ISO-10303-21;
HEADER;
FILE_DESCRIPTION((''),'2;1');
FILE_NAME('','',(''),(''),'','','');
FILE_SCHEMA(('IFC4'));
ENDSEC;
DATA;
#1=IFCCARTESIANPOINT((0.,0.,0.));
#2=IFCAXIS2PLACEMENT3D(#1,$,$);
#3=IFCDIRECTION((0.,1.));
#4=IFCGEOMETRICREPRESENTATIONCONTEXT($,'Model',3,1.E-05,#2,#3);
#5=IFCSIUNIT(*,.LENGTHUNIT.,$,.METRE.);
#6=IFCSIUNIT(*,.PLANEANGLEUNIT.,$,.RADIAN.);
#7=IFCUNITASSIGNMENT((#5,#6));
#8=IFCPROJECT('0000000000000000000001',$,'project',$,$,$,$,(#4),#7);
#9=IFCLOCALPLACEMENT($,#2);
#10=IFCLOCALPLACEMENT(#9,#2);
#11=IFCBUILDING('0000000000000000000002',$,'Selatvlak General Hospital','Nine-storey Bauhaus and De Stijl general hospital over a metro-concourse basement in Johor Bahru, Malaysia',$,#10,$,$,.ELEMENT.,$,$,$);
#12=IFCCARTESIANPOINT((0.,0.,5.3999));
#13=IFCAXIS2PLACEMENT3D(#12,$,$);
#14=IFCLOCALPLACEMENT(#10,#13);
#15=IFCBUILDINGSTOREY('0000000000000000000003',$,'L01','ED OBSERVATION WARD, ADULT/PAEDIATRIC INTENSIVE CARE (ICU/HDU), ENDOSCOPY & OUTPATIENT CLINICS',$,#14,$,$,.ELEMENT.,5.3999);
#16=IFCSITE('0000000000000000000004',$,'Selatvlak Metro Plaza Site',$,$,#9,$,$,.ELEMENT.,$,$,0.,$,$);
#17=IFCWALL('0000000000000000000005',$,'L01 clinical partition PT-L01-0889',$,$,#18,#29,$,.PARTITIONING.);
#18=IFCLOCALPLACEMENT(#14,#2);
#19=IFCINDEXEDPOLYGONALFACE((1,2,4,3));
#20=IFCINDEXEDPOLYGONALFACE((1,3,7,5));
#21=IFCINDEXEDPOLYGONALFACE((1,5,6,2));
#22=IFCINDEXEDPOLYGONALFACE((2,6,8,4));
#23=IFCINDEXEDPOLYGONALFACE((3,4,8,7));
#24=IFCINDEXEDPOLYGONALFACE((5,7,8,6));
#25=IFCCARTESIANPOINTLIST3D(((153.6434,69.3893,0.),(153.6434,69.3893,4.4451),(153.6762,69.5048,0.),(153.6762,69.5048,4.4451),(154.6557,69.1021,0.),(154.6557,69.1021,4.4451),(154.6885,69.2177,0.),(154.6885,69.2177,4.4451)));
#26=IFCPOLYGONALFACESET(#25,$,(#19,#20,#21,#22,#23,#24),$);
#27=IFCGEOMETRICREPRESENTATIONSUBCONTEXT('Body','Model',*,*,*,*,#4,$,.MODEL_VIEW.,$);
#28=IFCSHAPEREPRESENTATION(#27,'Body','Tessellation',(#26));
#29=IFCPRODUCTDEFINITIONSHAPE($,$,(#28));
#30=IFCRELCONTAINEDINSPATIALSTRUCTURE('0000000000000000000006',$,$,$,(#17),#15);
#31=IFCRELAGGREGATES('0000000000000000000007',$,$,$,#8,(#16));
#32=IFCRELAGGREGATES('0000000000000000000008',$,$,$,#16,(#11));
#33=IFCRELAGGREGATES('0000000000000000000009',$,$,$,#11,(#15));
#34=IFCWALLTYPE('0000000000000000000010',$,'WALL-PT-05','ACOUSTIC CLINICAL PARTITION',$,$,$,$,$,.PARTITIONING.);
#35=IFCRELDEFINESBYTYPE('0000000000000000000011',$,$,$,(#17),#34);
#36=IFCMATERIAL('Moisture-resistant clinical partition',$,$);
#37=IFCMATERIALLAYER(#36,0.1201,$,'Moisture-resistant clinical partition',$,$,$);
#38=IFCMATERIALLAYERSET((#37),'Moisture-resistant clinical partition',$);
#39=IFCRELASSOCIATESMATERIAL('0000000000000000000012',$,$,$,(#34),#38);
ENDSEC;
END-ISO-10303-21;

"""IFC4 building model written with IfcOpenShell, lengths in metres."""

from ifc_helpers import new_model, si_unit, direction, frame, frame_2d, origin, place, context, subcontext, project, spatial, rectangle, extrude, material, layer, layer_set, type_object, element, save


model = new_model("IFC4")

# Units and contexts
model_context = context("Model", 3, precision=1e-05, world=origin(), true_north=direction((0.0, 1.0)))
body_context = subcontext(model_context, "Body", "Model", "MODEL_VIEW")
ifc_project = project(units=[si_unit("LENGTHUNIT", "METRE"), si_unit("PLANEANGLEUNIT", "RADIAN")], contexts=[model_context])

# Site, building, storey
site_placement = place(None, origin())
site = spatial("IfcSite", under=ifc_project, at=site_placement, Name="Selatvlak Metro Plaza Site", CompositionType="ELEMENT", RefElevation=0.0)
building_placement = place(site_placement, origin())
building = spatial("IfcBuilding", under=site, at=building_placement, Name="Selatvlak General Hospital", Description="Nine-storey Bauhaus and De Stijl general hospital over a metro-concourse basement in Johor Bahru, Malaysia", CompositionType="ELEMENT")
storey_placement = place(building_placement, frame((0.0, 0.0, 5.3999)))
storey = spatial("IfcBuildingStorey", under=building, at=storey_placement, Name="L01", Description="ED OBSERVATION WARD, ADULT/PAEDIATRIC INTENSIVE CARE (ICU/HDU), ENDOSCOPY & OUTPATIENT CLINICS", CompositionType="ELEMENT", Elevation=5.3999)

# Wall
ifc_material_1 = material(Name="Moisture-resistant clinical partition")
ifc_layer_1 = layer(ifc_material_1, 0.1201, Name="Moisture-resistant clinical partition")
ifc_layer_set_1 = layer_set([ifc_layer_1], Name="Moisture-resistant clinical partition")
wall_type_1 = type_object("IfcWallType", Name="WALL-PT-05", Description="ACOUSTIC CLINICAL PARTITION", PredefinedType="PARTITIONING", material=ifc_layer_set_1)
wall_1_placement = place(storey_placement, frame((154.6721, 69.1599, 0.0), z_axis=(0.0, 0.0, 1.0), x_axis=(-0.962048, 0.272882, 0.0)))
element("IfcWall", 1, at=wall_1_placement, inside=storey, type_object=wall_type_1, Name="L01 clinical partition PT-L01-0889", PredefinedType="PARTITIONING", context=body_context, shape_type="SweptSolid", body=[
    extrude(rectangle(XDim=1.0522, YDim=0.1201, at=frame_2d((0.5261, 0.0))), origin(), (0.0, 0.0, 1.0), 4.4451),
])

save(model, "model.ifc")
